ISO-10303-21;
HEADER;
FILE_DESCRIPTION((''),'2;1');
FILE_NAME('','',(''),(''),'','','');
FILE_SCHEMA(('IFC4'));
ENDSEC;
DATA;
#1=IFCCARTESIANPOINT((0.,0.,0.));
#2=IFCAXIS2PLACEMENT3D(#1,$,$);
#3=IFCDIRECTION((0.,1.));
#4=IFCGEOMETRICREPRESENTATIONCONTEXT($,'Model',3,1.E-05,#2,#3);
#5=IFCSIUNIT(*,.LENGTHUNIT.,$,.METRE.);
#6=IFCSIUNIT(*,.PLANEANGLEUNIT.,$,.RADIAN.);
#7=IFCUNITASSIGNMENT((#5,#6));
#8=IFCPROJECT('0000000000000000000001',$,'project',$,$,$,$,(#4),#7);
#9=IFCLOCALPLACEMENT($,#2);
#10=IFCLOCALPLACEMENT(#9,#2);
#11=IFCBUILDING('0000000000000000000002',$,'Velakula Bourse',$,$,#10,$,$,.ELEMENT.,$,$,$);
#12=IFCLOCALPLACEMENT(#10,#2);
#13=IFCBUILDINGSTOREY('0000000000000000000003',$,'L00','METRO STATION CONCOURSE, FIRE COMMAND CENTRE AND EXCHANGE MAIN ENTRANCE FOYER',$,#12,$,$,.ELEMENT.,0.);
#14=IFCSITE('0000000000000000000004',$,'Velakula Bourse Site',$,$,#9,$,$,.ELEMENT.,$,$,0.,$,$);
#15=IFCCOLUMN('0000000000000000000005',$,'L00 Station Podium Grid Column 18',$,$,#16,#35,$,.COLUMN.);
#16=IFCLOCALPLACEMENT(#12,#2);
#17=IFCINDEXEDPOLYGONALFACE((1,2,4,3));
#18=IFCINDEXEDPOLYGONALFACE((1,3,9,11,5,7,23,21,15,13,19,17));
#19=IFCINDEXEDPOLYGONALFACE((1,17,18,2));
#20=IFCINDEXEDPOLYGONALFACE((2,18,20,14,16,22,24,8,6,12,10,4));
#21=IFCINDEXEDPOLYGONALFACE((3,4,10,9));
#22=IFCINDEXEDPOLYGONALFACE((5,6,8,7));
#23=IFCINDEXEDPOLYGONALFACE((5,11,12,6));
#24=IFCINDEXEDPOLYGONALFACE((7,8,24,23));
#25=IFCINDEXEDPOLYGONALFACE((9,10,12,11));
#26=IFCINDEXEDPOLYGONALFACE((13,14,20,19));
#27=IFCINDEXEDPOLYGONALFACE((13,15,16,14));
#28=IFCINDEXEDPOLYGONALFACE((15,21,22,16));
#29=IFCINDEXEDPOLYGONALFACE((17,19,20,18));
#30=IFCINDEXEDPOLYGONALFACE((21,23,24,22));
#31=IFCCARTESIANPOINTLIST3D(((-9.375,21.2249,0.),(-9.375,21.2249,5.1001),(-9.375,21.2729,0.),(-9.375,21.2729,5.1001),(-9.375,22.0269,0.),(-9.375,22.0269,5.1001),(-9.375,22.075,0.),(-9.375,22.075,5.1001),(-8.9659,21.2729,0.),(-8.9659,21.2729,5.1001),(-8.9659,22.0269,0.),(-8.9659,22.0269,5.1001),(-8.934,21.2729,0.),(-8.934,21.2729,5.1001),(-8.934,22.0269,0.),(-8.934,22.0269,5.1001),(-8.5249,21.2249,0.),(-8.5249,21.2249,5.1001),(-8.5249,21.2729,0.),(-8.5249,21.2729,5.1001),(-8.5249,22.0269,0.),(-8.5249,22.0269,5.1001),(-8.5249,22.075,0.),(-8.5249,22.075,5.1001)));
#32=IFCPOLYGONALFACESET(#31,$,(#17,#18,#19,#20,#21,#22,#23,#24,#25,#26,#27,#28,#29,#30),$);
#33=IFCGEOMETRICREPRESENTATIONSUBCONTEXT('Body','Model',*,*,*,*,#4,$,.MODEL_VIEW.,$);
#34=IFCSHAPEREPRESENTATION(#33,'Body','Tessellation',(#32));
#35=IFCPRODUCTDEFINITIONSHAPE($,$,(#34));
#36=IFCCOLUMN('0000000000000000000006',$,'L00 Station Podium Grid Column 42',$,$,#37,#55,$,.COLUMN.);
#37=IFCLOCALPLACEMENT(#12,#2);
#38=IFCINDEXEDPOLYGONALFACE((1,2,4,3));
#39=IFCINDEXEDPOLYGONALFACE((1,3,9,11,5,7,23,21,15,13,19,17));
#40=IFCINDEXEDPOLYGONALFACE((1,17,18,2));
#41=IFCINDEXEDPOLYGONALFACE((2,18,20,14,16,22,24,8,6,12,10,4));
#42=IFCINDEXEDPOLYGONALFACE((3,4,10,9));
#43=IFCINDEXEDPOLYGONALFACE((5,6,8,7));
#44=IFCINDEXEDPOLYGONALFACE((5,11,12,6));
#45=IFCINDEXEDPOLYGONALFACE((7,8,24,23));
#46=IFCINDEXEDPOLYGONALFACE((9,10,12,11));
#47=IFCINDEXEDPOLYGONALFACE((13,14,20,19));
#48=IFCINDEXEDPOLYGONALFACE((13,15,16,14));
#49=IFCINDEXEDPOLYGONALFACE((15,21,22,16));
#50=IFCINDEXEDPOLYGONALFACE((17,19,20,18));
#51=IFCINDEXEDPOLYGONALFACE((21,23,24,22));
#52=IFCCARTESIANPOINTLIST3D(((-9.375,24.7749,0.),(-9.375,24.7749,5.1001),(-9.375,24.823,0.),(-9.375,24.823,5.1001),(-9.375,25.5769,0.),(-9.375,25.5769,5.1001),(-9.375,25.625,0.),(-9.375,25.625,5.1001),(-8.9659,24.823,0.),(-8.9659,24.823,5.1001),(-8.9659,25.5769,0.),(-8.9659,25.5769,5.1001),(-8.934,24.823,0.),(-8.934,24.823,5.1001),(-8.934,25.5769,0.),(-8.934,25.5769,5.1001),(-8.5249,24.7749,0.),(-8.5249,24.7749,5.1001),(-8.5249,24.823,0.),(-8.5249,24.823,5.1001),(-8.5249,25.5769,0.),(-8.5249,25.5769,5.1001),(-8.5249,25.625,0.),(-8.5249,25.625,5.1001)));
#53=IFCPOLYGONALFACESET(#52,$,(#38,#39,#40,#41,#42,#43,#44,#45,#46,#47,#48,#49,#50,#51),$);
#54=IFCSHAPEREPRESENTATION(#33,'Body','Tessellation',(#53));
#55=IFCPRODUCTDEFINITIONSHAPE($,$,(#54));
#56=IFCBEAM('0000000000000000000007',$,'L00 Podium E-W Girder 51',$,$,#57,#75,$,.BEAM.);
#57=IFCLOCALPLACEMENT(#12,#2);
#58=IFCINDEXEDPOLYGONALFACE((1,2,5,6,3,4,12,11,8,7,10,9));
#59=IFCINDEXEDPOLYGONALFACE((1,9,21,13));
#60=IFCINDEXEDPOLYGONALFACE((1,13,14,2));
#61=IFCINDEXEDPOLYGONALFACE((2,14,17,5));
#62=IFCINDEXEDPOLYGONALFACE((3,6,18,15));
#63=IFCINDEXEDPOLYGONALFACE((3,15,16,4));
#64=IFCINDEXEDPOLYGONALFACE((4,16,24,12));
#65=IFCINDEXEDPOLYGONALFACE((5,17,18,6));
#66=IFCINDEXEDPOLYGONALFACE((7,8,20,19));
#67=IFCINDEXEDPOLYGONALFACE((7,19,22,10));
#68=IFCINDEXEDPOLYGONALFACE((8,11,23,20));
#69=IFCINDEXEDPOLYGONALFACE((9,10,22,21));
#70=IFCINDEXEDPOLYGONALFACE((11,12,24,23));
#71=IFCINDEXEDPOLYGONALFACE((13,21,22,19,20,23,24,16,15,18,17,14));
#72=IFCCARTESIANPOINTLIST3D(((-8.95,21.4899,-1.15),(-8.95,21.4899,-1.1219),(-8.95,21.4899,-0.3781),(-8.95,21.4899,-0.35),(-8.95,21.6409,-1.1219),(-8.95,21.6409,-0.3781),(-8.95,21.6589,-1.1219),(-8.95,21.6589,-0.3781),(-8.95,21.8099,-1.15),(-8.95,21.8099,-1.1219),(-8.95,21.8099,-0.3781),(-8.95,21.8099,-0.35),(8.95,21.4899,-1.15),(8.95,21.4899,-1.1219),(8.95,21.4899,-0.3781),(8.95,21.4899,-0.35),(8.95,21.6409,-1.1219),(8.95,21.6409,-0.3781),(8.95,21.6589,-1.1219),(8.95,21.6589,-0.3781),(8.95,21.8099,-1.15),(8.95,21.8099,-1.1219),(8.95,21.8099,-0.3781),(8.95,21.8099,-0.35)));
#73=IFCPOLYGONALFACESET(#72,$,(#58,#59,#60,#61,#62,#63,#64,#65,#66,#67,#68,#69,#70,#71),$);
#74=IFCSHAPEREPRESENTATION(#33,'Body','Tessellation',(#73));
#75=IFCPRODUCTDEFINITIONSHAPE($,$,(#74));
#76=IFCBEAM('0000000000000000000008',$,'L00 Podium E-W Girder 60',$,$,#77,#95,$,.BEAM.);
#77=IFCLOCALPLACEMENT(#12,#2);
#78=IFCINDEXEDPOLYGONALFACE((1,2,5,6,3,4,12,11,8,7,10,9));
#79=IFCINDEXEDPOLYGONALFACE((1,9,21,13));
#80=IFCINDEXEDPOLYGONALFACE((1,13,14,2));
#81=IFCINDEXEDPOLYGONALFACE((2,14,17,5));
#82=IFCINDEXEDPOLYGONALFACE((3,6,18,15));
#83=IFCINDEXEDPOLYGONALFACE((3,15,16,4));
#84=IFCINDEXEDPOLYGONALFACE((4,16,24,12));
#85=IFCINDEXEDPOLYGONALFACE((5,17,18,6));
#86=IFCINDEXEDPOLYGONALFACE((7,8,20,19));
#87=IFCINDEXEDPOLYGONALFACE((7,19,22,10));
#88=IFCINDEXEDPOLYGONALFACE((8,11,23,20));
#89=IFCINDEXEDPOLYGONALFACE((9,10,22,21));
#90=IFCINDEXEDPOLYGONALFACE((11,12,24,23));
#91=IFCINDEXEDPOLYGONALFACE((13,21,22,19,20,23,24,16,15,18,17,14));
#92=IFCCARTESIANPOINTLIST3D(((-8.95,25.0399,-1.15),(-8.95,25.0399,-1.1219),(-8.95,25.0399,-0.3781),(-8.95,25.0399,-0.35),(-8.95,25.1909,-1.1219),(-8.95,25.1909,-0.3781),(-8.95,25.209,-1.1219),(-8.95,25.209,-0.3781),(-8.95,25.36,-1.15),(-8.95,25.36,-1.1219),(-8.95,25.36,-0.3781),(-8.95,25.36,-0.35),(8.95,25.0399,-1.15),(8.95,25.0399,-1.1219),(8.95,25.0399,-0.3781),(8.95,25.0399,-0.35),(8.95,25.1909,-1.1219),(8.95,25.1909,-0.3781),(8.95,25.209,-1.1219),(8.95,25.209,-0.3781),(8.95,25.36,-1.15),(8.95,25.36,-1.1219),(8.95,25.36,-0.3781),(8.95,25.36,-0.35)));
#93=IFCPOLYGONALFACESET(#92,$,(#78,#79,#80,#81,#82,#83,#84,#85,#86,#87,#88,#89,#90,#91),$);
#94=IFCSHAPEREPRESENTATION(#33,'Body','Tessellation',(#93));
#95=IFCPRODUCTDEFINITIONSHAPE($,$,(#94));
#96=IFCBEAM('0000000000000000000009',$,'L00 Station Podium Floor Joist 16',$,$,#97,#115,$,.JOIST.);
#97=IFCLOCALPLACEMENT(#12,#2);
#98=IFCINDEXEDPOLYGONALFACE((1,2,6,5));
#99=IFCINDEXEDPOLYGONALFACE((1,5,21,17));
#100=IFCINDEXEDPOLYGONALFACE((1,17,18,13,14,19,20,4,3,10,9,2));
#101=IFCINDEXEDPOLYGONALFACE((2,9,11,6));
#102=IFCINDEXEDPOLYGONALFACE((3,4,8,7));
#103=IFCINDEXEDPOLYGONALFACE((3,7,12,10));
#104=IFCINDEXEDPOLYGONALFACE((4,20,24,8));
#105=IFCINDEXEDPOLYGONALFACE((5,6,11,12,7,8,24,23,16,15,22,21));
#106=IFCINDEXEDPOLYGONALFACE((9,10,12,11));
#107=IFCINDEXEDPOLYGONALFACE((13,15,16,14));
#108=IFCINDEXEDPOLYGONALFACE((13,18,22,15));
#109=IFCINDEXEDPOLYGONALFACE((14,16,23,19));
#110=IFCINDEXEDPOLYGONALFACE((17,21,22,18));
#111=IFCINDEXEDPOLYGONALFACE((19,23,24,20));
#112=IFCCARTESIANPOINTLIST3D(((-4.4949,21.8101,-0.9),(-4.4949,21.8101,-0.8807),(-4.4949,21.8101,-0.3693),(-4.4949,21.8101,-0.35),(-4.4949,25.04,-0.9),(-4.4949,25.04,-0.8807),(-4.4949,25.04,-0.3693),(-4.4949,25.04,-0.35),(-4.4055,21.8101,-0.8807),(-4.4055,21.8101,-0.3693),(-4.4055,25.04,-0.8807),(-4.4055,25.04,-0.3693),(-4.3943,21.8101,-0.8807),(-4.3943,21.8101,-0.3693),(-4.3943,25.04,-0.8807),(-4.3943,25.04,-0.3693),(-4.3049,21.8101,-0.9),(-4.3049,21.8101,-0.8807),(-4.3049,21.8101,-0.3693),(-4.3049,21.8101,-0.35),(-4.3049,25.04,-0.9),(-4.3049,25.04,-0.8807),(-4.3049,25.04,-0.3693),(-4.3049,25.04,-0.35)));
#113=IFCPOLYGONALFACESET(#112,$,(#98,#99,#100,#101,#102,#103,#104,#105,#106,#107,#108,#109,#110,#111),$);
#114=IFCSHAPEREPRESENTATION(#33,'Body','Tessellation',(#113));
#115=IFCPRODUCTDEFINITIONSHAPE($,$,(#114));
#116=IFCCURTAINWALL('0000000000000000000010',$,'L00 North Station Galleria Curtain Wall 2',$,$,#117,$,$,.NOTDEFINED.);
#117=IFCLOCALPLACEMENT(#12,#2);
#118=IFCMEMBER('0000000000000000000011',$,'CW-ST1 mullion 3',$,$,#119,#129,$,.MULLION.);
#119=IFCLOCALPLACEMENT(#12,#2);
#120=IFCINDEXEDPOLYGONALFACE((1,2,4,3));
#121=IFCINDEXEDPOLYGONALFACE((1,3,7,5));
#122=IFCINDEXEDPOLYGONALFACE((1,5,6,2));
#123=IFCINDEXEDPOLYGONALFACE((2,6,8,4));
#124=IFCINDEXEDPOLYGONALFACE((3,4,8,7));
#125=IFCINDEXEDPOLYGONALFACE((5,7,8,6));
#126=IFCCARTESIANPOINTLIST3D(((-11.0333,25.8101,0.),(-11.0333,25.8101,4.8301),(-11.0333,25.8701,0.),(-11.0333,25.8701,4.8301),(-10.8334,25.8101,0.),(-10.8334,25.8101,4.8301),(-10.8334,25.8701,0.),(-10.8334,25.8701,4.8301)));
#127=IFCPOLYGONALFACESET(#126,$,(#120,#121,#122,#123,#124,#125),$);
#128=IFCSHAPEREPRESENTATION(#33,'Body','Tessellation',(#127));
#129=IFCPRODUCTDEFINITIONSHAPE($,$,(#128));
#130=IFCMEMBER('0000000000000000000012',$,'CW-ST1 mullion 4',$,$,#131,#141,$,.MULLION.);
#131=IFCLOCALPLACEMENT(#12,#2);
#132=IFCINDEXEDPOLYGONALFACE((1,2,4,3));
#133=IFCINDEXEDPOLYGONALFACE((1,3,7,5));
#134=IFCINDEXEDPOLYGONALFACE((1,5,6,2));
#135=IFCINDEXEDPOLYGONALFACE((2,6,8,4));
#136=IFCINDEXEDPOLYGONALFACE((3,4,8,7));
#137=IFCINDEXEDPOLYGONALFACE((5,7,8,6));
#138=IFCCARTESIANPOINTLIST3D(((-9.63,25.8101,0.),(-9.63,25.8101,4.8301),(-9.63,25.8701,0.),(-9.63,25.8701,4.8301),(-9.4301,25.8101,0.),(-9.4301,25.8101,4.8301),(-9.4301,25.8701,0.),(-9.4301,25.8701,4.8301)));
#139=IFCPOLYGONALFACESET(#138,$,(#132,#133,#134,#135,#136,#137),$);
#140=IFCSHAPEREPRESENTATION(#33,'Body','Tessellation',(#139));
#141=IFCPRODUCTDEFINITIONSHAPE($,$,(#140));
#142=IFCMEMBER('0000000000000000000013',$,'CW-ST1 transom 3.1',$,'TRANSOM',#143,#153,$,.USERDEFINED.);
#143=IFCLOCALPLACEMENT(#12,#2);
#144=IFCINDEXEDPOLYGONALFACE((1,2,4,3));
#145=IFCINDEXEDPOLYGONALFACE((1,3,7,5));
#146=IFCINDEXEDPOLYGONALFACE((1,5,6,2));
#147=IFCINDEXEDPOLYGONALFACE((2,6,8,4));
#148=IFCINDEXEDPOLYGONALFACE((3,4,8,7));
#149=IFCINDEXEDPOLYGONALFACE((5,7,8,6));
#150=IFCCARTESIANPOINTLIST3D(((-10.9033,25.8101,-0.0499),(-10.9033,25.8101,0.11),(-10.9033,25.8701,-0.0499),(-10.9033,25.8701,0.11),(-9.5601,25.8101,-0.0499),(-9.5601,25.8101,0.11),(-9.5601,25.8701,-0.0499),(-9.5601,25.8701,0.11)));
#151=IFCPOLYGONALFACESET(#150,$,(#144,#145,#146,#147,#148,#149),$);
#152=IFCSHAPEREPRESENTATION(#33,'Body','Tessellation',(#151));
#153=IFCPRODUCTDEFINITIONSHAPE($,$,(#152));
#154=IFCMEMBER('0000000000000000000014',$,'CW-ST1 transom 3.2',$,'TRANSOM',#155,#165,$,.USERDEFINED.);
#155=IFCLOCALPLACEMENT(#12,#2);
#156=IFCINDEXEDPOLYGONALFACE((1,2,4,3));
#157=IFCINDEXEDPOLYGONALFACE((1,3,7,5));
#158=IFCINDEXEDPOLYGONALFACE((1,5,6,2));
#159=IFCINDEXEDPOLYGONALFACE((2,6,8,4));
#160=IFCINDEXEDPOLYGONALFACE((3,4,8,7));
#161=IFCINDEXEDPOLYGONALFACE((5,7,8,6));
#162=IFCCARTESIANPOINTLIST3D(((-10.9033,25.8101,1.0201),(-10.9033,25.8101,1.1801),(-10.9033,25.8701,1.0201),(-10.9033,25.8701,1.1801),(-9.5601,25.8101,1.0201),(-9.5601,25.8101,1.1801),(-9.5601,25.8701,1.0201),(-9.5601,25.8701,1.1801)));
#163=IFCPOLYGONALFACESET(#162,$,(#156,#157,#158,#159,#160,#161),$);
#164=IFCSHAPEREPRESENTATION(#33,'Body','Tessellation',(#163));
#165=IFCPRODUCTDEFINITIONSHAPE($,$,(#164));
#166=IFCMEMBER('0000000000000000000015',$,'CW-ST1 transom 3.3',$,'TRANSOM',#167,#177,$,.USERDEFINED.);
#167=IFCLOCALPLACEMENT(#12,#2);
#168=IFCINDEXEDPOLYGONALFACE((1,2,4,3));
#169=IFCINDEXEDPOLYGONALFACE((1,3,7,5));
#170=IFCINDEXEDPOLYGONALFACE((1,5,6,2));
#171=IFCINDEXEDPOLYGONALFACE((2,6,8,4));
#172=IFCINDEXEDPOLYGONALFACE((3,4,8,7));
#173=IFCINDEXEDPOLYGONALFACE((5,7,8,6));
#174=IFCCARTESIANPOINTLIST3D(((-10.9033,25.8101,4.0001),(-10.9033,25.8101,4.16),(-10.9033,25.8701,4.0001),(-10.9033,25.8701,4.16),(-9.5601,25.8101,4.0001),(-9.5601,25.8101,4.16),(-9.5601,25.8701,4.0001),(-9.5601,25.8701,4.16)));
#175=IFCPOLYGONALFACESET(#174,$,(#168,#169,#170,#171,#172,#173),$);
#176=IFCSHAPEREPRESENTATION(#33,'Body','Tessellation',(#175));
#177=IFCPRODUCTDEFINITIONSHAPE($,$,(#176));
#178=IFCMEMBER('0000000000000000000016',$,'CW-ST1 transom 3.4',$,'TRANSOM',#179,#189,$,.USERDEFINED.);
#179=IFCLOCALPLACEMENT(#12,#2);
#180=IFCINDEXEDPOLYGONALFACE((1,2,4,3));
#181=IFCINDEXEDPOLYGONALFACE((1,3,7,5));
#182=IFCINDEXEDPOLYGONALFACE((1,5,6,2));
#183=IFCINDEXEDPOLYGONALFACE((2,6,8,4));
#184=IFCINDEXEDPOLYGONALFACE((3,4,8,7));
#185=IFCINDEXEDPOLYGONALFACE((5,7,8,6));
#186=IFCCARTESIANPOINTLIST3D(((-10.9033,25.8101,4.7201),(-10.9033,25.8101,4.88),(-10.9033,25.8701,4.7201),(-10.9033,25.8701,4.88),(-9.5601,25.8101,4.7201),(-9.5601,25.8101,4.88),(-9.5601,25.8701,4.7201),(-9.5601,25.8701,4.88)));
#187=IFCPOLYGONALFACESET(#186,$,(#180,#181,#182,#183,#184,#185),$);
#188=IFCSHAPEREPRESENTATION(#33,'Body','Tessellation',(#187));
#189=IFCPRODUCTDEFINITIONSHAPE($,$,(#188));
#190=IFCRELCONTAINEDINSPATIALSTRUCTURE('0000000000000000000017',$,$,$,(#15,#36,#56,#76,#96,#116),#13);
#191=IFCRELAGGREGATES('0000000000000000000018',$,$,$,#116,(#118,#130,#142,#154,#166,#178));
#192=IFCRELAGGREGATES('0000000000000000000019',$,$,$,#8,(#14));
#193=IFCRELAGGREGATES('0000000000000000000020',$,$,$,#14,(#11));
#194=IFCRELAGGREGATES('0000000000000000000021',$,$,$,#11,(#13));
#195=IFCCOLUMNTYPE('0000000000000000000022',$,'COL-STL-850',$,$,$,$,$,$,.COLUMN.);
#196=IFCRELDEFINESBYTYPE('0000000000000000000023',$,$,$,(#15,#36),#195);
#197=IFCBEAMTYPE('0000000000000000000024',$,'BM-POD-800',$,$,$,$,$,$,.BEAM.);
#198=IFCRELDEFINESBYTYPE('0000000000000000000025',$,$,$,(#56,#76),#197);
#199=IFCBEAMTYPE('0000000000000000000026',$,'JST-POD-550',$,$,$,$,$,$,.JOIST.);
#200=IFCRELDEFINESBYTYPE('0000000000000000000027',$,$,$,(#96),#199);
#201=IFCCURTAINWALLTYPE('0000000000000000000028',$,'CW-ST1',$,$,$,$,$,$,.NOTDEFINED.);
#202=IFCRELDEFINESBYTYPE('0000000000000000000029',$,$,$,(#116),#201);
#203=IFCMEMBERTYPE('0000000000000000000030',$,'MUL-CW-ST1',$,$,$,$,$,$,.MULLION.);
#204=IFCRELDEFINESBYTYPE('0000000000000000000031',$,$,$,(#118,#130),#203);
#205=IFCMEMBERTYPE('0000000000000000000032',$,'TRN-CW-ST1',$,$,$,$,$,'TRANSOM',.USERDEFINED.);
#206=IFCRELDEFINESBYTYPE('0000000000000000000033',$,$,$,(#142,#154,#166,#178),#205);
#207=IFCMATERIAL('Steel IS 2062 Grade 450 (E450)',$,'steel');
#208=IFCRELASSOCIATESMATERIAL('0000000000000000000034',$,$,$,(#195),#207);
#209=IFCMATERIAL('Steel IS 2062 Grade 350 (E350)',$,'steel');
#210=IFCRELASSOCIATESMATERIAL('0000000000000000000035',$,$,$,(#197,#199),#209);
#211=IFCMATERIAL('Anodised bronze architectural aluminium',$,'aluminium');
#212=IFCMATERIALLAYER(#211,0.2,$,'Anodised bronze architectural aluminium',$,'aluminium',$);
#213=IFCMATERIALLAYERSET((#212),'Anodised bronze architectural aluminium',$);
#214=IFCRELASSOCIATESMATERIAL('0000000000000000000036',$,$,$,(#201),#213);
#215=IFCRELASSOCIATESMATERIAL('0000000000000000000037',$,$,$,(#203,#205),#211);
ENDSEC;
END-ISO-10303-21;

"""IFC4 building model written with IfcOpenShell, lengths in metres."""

from ifc_helpers import new_model, si_unit, direction, frame, origin, origin_2d, place, context, subcontext, project, spatial, rectangle, i_section, extrude, material, layer, layer_set, material_profile, profile_set, type_object, element, aggregate, save


model = new_model("IFC4")

# Units and contexts
model_context = context("Model", 3, precision=1e-05, world=origin(), true_north=direction((0.0, 1.0)))
body_context = subcontext(model_context, "Body", "Model", "MODEL_VIEW")
ifc_project = project(units=[si_unit("LENGTHUNIT", "METRE"), si_unit("PLANEANGLEUNIT", "RADIAN")], contexts=[model_context])

# Site, building, storey
site_placement = place(None, origin())
site = spatial("IfcSite", under=ifc_project, at=site_placement, Name="Velakula Bourse Site", CompositionType="ELEMENT", RefElevation=0.0)
building_placement = place(site_placement, origin())
building = spatial("IfcBuilding", under=site, at=building_placement, Name="Velakula Bourse", CompositionType="ELEMENT")
storey_placement = place(building_placement, origin())
storey = spatial("IfcBuildingStorey", under=building, at=storey_placement, Name="L00", Description="METRO STATION CONCOURSE, FIRE COMMAND CENTRE AND EXCHANGE MAIN ENTRANCE FOYER", CompositionType="ELEMENT", Elevation=0.0)

# Columns
ifc_material_1 = material(Name="Steel IS 2062 Grade 450 (E450)", Category="steel")
ifc_material_profile_1 = material_profile(ifc_material_1, i_section(OverallWidth=0.8501, OverallDepth=0.8501, WebThickness=0.032, FlangeThickness=0.0481, at=origin_2d()), Name="Steel IS 2062 Grade 450 (E450)")
ifc_profile_set_1 = profile_set([ifc_material_profile_1], Name="Steel IS 2062 Grade 450 (E450)")
column_type = type_object("IfcColumnType", Name="COL-STL-850", PredefinedType="COLUMN", material=ifc_profile_set_1)
for number, where, z_axis, x_axis, name in (
    (1, (-8.95, 21.6499, 0.0), (0.0, 0.0, 1.0), (1.0, 0.0, 0.0), "L00 Station Podium Grid Column 18"),
    (2, (-8.95, 25.2, 0.0), (0.0, 0.0, 1.0), (1.0, 0.0, 0.0), "L00 Station Podium Grid Column 42"),
):
    element("IfcColumn", number, at=place(storey_placement, frame(where, z_axis=z_axis, x_axis=x_axis)), inside=storey, type_object=column_type, Name=name, PredefinedType="COLUMN", context=body_context, shape_type="SweptSolid", body=[
        extrude(i_section(OverallWidth=0.8501, OverallDepth=0.8501, WebThickness=0.032, FlangeThickness=0.0481, at=origin_2d()), origin(), (0.0, 0.0, 1.0), 5.1001),
    ])

# Beams
ifc_material_2 = material(Name="Steel IS 2062 Grade 350 (E350)", Category="steel")
ifc_material_profile_2 = material_profile(ifc_material_2, i_section(OverallWidth=0.3201, OverallDepth=0.8, WebThickness=0.0181, FlangeThickness=0.0281, at=origin_2d()), Name="Steel IS 2062 Grade 350 (E350)")
ifc_profile_set_2 = profile_set([ifc_material_profile_2], Name="Steel IS 2062 Grade 350 (E350)")
beam_type_1 = type_object("IfcBeamType", Name="BM-POD-800", PredefinedType="BEAM", material=ifc_profile_set_2)
for number, where, z_axis, x_axis, name in (
    (3, (-8.95, 21.6499, -0.75), (1.0, 0.0, 0.0), (0.0, 1.0, 0.0), "L00 Podium E-W Girder 51"),
    (4, (-8.95, 25.2, -0.75), (1.0, 0.0, 0.0), (0.0, 1.0, 0.0), "L00 Podium E-W Girder 60"),
):
    element("IfcBeam", number, at=place(storey_placement, frame(where, z_axis=z_axis, x_axis=x_axis)), inside=storey, type_object=beam_type_1, Name=name, PredefinedType="BEAM", context=body_context, shape_type="SweptSolid", body=[
        extrude(i_section(OverallWidth=0.3201, OverallDepth=0.8, WebThickness=0.0181, FlangeThickness=0.0281, at=origin_2d()), origin(), (0.0, 0.0, 1.0), 17.8999),
    ])
ifc_material_profile_3 = material_profile(ifc_material_2, i_section(OverallWidth=0.1899, OverallDepth=0.55, WebThickness=0.0112, FlangeThickness=0.0193, at=origin_2d()), Name="Steel IS 2062 Grade 350 (E350)")
ifc_profile_set_3 = profile_set([ifc_material_profile_3], Name="Steel IS 2062 Grade 350 (E350)")
beam_type_2 = type_object("IfcBeamType", Name="JST-POD-550", PredefinedType="JOIST", material=ifc_profile_set_3)
beam_placement = place(storey_placement, frame((-4.3999, 21.8101, -0.625), z_axis=(0.0, 1.0, 0.0), x_axis=(-1.0, 0.0, 0.0)))
element("IfcBeam", 5, at=beam_placement, inside=storey, type_object=beam_type_2, Name="L00 Station Podium Floor Joist 16", PredefinedType="JOIST", context=body_context, shape_type="SweptSolid", body=[
    extrude(i_section(OverallWidth=0.1899, OverallDepth=0.55, WebThickness=0.0112, FlangeThickness=0.0193, at=origin_2d()), origin(), (0.0, 0.0, 1.0), 3.23),
])

# Curtain wall, members
ifc_material_3 = material(Name="Anodised bronze architectural aluminium", Category="aluminium")
ifc_layer_1 = layer(ifc_material_3, 0.2, Name="Anodised bronze architectural aluminium", Category="aluminium")
ifc_layer_set_1 = layer_set([ifc_layer_1], Name="Anodised bronze architectural aluminium")
curtain_wall_type = type_object("IfcCurtainWallType", Name="CW-ST1", PredefinedType="NOTDEFINED", material=ifc_layer_set_1)
curtain_wall_placement = place(storey_placement, origin())
curtain_wall = element("IfcCurtainWall", 6, at=curtain_wall_placement, inside=storey, type_object=curtain_wall_type, Name="L00 North Station Galleria Curtain Wall 2", PredefinedType="NOTDEFINED")
ifc_material_profile_4 = material_profile(ifc_material_3, rectangle(XDim=0.0601, YDim=0.2, at=origin_2d()), Name="Anodised bronze architectural aluminium")
ifc_profile_set_4 = profile_set([ifc_material_profile_4], Name="Anodised bronze architectural aluminium")
member_type_1 = type_object("IfcMemberType", Name="MUL-CW-ST1", PredefinedType="MULLION", material=ifc_profile_set_4)
member_1_placement = place(storey_placement, frame((-10.9333, 25.8401, 0.0), z_axis=(0.0, 0.0, 1.0), x_axis=(0.0, 1.0, 0.0)))
member_1 = element("IfcMember", 7, at=member_1_placement, type_object=member_type_1, Name="CW-ST1 mullion 3", PredefinedType="MULLION", context=body_context, shape_type="SweptSolid", body=[
    extrude(rectangle(XDim=0.0601, YDim=0.2, at=origin_2d()), origin(), (0.0, 0.0, 1.0), 4.8301),
])
member_2_placement = place(storey_placement, frame((-9.53, 25.8401, 0.0), z_axis=(0.0, 0.0, 1.0), x_axis=(0.0, 1.0, 0.0)))
member_2 = element("IfcMember", 8, at=member_2_placement, type_object=member_type_1, Name="CW-ST1 mullion 4", PredefinedType="MULLION", context=body_context, shape_type="SweptSolid", body=[
    extrude(rectangle(XDim=0.0601, YDim=0.2, at=origin_2d()), origin(), (0.0, 0.0, 1.0), 4.8301),
])
ifc_material_profile_5 = material_profile(ifc_material_3, rectangle(XDim=0.0601, YDim=0.1599, at=origin_2d()), Name="Anodised bronze architectural aluminium")
ifc_profile_set_5 = profile_set([ifc_material_profile_5], Name="Anodised bronze architectural aluminium")
member_type_2 = type_object("IfcMemberType", Name="TRN-CW-ST1", ElementType="TRANSOM", PredefinedType="USERDEFINED", material=ifc_profile_set_5)
member_3_placement = place(storey_placement, frame((-10.9033, 25.8401, 0.03), z_axis=(1.0, 0.0, 0.0), x_axis=(0.0, 1.0, 0.0)))
member_3 = element("IfcMember", 9, at=member_3_placement, type_object=member_type_2, Name="CW-ST1 transom 3.1", ObjectType="TRANSOM", PredefinedType="USERDEFINED", context=body_context, shape_type="SweptSolid", body=[
    extrude(rectangle(XDim=0.0601, YDim=0.1599, at=origin_2d()), origin(), (0.0, 0.0, 1.0), 1.3433),
])
member_4_placement = place(storey_placement, frame((-10.9033, 25.8401, 1.1001), z_axis=(1.0, 0.0, 0.0), x_axis=(0.0, 1.0, 0.0)))
member_4 = element("IfcMember", 10, at=member_4_placement, type_object=member_type_2, Name="CW-ST1 transom 3.2", ObjectType="TRANSOM", PredefinedType="USERDEFINED", context=body_context, shape_type="SweptSolid", body=[
    extrude(rectangle(XDim=0.0601, YDim=0.1599, at=origin_2d()), origin(), (0.0, 0.0, 1.0), 1.3433),
])
member_5_placement = place(storey_placement, frame((-10.9033, 25.8401, 4.0801), z_axis=(1.0, 0.0, 0.0), x_axis=(0.0, 1.0, 0.0)))
member_5 = element("IfcMember", 11, at=member_5_placement, type_object=member_type_2, Name="CW-ST1 transom 3.3", ObjectType="TRANSOM", PredefinedType="USERDEFINED", context=body_context, shape_type="SweptSolid", body=[
    extrude(rectangle(XDim=0.0601, YDim=0.1599, at=origin_2d()), origin(), (0.0, 0.0, 1.0), 1.3433),
])
member_6_placement = place(storey_placement, frame((-10.9033, 25.8401, 4.8), z_axis=(1.0, 0.0, 0.0), x_axis=(0.0, 1.0, 0.0)))
member_6 = element("IfcMember", 12, at=member_6_placement, type_object=member_type_2, Name="CW-ST1 transom 3.4", ObjectType="TRANSOM", PredefinedType="USERDEFINED", context=body_context, shape_type="SweptSolid", body=[
    extrude(rectangle(XDim=0.0601, YDim=0.1599, at=origin_2d()), origin(), (0.0, 0.0, 1.0), 1.3433),
])
aggregate(curtain_wall, [member_1, member_2, member_3, member_4, member_5, member_6])

save(model, "model.ifc")
